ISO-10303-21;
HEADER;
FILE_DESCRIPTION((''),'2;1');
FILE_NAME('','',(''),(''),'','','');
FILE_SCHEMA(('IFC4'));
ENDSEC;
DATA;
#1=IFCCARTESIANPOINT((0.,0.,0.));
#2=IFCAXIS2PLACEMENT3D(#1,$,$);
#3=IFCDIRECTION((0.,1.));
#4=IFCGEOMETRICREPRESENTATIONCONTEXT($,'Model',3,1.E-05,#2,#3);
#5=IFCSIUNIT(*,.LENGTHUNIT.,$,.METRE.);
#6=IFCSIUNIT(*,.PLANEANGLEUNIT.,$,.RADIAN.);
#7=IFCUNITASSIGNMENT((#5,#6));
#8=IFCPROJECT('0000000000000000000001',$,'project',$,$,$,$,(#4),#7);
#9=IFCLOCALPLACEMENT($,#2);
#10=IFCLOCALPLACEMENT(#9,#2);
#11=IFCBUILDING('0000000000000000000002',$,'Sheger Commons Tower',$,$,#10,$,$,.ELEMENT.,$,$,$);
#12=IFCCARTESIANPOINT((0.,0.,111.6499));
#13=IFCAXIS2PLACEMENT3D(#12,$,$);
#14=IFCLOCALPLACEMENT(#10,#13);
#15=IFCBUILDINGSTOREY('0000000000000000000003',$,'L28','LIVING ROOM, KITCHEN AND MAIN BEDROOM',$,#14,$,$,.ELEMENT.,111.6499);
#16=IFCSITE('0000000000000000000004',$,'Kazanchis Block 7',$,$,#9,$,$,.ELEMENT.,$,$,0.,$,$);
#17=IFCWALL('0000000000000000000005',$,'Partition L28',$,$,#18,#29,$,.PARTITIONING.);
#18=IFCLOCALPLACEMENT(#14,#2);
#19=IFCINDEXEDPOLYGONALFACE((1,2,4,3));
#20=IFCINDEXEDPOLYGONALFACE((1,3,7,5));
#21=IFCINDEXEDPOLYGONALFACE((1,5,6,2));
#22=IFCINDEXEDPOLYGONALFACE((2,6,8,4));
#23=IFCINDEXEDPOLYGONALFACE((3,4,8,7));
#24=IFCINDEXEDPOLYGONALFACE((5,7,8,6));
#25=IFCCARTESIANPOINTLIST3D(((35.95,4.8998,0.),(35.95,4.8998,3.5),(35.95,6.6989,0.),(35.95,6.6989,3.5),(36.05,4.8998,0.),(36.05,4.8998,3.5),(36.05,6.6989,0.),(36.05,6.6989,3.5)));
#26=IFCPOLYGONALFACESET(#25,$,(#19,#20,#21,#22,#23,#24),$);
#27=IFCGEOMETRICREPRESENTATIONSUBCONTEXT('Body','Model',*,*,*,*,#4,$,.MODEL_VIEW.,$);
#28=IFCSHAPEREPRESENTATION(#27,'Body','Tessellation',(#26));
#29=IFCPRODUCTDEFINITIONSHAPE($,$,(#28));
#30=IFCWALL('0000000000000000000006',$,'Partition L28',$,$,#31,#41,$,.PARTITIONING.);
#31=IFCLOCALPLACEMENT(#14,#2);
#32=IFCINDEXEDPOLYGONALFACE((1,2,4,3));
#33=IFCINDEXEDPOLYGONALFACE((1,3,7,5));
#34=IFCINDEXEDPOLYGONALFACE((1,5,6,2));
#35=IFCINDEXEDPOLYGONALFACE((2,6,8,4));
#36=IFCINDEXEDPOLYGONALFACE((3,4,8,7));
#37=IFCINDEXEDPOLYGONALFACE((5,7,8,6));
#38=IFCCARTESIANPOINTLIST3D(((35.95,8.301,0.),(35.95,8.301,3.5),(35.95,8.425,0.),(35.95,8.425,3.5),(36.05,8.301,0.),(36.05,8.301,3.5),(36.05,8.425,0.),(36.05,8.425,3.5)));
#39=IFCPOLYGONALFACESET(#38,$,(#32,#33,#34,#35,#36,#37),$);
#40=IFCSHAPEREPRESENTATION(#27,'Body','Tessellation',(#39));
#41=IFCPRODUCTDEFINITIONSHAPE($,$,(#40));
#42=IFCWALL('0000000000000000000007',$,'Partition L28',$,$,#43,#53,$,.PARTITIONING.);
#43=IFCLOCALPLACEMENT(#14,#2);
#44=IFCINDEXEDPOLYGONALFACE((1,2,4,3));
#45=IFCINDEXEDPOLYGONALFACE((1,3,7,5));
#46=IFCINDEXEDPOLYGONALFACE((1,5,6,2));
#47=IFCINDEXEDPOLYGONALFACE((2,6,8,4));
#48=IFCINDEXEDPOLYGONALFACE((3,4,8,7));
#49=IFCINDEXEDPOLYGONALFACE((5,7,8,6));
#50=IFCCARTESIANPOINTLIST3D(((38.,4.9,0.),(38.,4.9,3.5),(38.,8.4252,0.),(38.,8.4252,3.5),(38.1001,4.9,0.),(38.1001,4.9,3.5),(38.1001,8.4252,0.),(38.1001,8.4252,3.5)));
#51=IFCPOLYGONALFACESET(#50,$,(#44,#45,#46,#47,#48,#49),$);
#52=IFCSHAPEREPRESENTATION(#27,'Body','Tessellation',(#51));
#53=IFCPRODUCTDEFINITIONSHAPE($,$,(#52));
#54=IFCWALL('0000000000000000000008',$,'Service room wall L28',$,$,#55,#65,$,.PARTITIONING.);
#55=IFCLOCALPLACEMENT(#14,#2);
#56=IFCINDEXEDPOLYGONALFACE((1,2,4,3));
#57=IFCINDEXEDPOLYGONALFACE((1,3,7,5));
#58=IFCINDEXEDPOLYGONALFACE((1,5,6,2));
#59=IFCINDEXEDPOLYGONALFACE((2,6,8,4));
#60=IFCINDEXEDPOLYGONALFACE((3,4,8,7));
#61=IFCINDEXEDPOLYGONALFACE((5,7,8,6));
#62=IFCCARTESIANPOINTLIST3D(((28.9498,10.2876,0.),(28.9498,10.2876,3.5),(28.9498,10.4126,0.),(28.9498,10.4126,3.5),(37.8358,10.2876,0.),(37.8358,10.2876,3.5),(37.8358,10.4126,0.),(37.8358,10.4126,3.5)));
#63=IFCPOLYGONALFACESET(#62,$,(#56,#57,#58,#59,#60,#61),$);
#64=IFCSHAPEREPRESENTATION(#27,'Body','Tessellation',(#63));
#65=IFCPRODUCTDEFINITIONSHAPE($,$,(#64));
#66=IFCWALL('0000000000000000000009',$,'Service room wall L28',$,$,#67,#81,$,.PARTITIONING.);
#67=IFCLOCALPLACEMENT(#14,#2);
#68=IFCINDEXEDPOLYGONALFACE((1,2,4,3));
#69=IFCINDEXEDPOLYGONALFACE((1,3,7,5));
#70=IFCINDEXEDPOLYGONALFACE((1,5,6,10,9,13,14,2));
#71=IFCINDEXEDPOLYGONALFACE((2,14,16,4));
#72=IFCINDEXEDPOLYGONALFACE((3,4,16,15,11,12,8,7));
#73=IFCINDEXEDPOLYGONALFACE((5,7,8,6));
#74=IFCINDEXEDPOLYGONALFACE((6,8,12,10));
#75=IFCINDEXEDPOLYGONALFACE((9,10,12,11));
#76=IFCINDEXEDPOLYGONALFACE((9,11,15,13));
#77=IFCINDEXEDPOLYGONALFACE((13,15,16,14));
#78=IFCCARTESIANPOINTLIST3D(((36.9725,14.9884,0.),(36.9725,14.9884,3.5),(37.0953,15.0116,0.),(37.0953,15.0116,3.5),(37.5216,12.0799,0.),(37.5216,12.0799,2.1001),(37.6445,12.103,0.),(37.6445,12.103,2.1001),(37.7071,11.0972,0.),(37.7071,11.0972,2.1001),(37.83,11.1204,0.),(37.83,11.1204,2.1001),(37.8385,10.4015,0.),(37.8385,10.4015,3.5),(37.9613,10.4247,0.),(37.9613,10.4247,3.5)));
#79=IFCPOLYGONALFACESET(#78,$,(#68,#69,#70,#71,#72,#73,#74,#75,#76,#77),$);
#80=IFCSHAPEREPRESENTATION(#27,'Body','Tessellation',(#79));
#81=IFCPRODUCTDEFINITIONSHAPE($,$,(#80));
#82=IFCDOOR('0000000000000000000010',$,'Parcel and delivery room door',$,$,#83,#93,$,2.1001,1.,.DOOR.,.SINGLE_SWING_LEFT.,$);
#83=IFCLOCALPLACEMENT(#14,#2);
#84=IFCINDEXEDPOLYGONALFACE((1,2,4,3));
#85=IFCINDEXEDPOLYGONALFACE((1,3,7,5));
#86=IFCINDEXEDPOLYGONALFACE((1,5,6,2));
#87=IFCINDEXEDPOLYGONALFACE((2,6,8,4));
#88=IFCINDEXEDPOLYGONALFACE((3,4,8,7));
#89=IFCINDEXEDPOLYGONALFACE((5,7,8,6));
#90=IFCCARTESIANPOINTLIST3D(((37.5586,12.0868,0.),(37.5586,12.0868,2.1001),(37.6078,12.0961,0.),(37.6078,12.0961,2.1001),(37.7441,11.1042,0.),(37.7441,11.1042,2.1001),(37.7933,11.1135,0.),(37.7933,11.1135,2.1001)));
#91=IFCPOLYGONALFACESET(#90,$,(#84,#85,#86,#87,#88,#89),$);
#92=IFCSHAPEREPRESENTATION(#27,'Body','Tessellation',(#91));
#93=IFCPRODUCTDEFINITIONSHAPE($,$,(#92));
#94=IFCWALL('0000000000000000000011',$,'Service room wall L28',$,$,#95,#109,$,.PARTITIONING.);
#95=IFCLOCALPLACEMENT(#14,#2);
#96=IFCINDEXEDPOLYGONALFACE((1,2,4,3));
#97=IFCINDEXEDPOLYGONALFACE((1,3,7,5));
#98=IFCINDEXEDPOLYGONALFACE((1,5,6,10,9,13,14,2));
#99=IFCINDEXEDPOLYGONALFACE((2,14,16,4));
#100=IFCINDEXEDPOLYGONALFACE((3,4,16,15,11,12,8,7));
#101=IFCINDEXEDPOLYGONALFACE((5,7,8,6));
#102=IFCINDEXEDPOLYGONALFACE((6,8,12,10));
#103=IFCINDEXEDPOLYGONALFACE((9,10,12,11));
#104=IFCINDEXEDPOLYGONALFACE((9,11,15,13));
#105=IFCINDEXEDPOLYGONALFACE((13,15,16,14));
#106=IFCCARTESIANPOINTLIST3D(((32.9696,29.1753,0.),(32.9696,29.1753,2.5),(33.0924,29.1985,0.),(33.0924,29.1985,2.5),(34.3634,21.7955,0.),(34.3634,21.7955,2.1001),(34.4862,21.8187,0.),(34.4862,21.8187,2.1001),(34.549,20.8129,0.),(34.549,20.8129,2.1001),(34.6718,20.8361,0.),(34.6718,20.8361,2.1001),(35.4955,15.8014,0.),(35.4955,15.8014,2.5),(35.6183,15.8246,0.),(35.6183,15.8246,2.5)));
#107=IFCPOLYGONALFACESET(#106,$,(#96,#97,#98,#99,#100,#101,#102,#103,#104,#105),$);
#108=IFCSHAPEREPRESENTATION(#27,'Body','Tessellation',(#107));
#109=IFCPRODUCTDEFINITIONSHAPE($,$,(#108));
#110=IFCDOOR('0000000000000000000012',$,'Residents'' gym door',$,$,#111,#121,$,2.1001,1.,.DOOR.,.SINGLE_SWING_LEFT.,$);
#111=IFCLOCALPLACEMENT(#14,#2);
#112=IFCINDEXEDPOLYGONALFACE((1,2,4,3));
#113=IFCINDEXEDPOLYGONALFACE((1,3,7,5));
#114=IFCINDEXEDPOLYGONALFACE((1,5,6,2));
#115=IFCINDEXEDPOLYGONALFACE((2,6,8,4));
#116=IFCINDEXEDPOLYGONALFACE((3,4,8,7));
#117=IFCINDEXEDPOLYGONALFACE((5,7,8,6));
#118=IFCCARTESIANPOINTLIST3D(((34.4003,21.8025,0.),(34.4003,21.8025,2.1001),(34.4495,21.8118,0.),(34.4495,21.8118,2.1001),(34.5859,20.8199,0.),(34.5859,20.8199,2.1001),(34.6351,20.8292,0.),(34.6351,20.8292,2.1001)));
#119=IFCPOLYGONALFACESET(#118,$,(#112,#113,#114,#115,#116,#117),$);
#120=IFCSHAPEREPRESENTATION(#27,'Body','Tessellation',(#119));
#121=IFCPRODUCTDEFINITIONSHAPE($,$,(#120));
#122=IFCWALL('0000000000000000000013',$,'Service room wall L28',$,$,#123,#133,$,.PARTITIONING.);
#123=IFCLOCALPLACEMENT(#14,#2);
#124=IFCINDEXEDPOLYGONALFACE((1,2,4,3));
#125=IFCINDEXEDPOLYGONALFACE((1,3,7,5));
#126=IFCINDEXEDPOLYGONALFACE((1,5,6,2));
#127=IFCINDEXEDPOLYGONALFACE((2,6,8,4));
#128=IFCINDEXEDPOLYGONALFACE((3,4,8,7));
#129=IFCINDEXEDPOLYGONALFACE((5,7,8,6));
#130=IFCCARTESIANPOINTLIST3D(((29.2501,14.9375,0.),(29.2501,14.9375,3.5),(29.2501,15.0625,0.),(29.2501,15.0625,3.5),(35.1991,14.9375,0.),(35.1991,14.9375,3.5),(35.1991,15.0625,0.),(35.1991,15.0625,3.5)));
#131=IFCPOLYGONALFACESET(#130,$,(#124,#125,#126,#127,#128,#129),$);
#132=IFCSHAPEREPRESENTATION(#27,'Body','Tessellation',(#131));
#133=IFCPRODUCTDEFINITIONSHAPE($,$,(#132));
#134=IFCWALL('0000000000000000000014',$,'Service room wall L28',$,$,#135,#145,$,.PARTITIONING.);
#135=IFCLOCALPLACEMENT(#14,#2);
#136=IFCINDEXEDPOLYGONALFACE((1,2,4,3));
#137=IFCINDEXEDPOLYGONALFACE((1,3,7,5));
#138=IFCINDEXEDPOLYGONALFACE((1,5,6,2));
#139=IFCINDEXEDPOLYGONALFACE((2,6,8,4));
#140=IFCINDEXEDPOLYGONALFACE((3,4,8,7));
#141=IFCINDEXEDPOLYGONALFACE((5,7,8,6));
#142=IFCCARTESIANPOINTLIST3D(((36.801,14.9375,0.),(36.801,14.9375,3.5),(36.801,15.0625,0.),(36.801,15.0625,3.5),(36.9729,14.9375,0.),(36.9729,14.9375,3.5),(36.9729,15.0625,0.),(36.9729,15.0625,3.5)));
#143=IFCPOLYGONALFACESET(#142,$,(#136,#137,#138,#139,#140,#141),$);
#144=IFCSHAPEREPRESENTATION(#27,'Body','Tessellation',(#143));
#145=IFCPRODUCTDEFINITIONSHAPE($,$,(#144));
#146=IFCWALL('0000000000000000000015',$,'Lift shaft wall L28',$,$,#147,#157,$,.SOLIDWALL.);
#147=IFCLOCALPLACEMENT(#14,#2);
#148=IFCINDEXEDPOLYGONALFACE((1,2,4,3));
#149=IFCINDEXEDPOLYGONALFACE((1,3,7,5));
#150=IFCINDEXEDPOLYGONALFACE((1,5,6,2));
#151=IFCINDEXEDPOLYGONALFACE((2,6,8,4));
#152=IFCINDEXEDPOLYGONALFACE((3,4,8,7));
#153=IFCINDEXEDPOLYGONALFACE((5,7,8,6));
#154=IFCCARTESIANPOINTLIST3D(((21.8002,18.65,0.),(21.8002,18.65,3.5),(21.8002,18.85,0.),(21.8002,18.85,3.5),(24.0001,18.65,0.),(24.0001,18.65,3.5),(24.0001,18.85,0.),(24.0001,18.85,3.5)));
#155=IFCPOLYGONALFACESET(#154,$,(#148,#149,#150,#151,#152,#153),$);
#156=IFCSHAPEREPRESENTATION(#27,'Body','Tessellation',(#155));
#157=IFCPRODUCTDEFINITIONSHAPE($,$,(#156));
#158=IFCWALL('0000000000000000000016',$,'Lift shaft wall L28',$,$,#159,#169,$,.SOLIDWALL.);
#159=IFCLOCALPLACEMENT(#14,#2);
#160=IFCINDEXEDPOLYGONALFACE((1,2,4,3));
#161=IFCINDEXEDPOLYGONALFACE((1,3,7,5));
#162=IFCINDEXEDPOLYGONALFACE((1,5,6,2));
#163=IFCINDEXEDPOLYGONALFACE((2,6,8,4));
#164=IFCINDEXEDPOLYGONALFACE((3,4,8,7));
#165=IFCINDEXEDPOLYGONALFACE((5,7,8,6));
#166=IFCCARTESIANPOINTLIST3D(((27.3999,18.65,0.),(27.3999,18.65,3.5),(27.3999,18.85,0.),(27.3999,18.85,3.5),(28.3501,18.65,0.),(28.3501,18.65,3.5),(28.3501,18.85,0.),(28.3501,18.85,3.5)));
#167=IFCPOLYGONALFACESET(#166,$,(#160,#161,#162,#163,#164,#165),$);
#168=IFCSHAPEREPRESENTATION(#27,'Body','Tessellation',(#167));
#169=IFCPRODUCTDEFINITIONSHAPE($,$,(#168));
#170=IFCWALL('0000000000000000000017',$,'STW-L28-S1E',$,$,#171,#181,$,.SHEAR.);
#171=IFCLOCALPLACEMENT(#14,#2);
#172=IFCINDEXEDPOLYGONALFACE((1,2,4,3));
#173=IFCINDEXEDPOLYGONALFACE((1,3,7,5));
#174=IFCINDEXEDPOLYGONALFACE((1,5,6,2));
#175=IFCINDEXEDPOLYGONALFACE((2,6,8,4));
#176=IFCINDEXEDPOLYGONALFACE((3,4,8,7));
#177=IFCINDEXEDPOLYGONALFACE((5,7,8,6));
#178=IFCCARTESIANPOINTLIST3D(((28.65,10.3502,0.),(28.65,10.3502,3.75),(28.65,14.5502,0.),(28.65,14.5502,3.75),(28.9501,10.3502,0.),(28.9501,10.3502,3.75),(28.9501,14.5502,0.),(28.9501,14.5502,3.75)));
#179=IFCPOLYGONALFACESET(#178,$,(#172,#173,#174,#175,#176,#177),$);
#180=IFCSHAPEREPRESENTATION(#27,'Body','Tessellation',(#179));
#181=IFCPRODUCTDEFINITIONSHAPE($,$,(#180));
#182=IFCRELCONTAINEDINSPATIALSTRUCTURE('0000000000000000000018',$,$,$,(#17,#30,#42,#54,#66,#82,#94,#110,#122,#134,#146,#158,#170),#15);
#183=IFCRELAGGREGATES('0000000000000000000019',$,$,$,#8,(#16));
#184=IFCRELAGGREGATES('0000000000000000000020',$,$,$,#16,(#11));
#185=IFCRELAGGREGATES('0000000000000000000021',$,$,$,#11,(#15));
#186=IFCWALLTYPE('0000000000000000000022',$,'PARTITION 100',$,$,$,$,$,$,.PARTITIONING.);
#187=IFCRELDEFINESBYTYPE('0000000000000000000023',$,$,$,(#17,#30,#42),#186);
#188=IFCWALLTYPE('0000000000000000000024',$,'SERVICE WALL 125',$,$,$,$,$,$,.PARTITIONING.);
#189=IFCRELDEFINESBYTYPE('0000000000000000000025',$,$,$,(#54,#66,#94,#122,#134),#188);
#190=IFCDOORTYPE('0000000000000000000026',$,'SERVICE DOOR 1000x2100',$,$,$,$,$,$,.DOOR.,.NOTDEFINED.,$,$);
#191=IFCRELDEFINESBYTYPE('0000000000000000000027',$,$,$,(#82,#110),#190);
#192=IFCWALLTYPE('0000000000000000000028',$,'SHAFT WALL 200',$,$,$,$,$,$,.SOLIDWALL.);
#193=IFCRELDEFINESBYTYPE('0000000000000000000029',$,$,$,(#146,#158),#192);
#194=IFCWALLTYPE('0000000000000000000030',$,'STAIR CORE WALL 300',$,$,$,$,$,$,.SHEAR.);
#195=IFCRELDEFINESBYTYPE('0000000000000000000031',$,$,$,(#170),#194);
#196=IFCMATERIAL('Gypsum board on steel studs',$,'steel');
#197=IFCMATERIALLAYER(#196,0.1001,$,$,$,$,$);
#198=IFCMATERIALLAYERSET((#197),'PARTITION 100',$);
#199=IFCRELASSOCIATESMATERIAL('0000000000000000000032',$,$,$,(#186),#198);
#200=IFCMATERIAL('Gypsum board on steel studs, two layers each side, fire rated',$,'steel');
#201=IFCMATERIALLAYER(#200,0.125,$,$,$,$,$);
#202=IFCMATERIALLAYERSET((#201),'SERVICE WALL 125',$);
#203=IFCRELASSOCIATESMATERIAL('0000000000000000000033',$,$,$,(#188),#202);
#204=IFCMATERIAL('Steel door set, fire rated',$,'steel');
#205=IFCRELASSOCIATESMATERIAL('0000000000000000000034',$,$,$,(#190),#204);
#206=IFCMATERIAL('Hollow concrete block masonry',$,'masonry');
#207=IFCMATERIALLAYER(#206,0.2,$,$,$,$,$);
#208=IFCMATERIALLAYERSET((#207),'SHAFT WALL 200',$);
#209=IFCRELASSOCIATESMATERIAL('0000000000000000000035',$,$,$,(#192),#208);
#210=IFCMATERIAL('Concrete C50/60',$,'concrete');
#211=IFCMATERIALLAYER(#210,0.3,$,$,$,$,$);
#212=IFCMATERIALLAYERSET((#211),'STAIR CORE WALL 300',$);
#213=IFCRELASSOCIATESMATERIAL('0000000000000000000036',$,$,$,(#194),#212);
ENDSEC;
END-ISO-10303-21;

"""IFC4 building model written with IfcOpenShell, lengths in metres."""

from ifc_helpers import new_model, si_unit, direction, frame, frame_2d, origin, place, context, subcontext, project, spatial, rectangle, extrude, material, layer, layer_set, type_object, element, fill, save


model = new_model("IFC4")

# Units and contexts
model_context = context("Model", 3, precision=1e-05, world=origin(), true_north=direction((0.0, 1.0)))
body_context = subcontext(model_context, "Body", "Model", "MODEL_VIEW")
ifc_project = project(units=[si_unit("LENGTHUNIT", "METRE"), si_unit("PLANEANGLEUNIT", "RADIAN")], contexts=[model_context])

# Site, building, storey
site_placement = place(None, origin())
site = spatial("IfcSite", under=ifc_project, at=site_placement, Name="Kazanchis Block 7", CompositionType="ELEMENT", RefElevation=0.0)
building_placement = place(site_placement, origin())
building = spatial("IfcBuilding", under=site, at=building_placement, Name="Sheger Commons Tower", CompositionType="ELEMENT")
storey_placement = place(building_placement, frame((0.0, 0.0, 111.6499)))
storey = spatial("IfcBuildingStorey", under=building, at=storey_placement, Name="L28", Description="LIVING ROOM, KITCHEN AND MAIN BEDROOM", CompositionType="ELEMENT", Elevation=111.6499)

# Walls
ifc_material_1 = material(Name="Gypsum board on steel studs", Category="steel")
ifc_layer_1 = layer(ifc_material_1, 0.1001)
ifc_layer_set_1 = layer_set([ifc_layer_1], Name="PARTITION 100")
wall_type_1 = type_object("IfcWallType", Name="PARTITION 100", PredefinedType="PARTITIONING", material=ifc_layer_set_1)
wall_1_placement = place(storey_placement, frame((36.0, 4.8999, 0.0), z_axis=(0.0, 0.0, 1.0), x_axis=(0.0, 1.0, 0.0)))
element("IfcWall", 1, at=wall_1_placement, inside=storey, type_object=wall_type_1, Name="Partition L28", PredefinedType="PARTITIONING", context=body_context, shape_type="SweptSolid", body=[
    extrude(rectangle(XDim=1.7991, YDim=0.1001, at=frame_2d((0.8994, 0.0))), origin(), (0.0, 0.0, 1.0), 3.5),
])
wall_2_placement = place(storey_placement, frame((36.0, 8.301, 0.0), z_axis=(0.0, 0.0, 1.0), x_axis=(0.0, 1.0, 0.0)))
element("IfcWall", 2, at=wall_2_placement, inside=storey, type_object=wall_type_1, Name="Partition L28", PredefinedType="PARTITIONING", context=body_context, shape_type="SweptSolid", body=[
    extrude(rectangle(XDim=0.124, YDim=0.1001, at=frame_2d((0.062, 0.0))), origin(), (0.0, 0.0, 1.0), 3.5),
])
wall_3_placement = place(storey_placement, frame((38.05, 4.8999, 0.0), z_axis=(0.0, 0.0, 1.0), x_axis=(0.0, 1.0, 0.0)))
element("IfcWall", 3, at=wall_3_placement, inside=storey, type_object=wall_type_1, Name="Partition L28", PredefinedType="PARTITIONING", context=body_context, shape_type="SweptSolid", body=[
    extrude(rectangle(XDim=3.5251, YDim=0.1001, at=frame_2d((1.7627, 0.0))), origin(), (0.0, 0.0, 1.0), 3.5),
])
ifc_material_2 = material(Name="Gypsum board on steel studs, two layers each side, fire rated", Category="steel")
ifc_layer_2 = layer(ifc_material_2, 0.125)
ifc_layer_set_2 = layer_set([ifc_layer_2], Name="SERVICE WALL 125")
wall_type_2 = type_object("IfcWallType", Name="SERVICE WALL 125", PredefinedType="PARTITIONING", material=ifc_layer_set_2)
wall_4_placement = place(storey_placement, frame((28.95, 10.3501, 0.0), z_axis=(0.0, 0.0, 1.0), x_axis=(1.0, 0.0, 0.0)))
element("IfcWall", 4, at=wall_4_placement, inside=storey, type_object=wall_type_2, Name="Service room wall L28", PredefinedType="PARTITIONING", context=body_context, shape_type="SweptSolid", body=[
    extrude(rectangle(XDim=8.886, YDim=0.125, at=frame_2d((4.4429, 0.0))), origin(), (0.0, 0.0, 1.0), 3.5),
])

# Walls, openings, doors
wall_5_placement = place(storey_placement, frame((37.8999, 10.4131, 0.0), z_axis=(0.0, 0.0, 1.0), x_axis=(-0.185514, 0.982642, 0.0)))
wall_5 = element("IfcWall", 5, at=wall_5_placement, inside=storey, type_object=wall_type_2, Name="Service room wall L28", PredefinedType="PARTITIONING", context=body_context, shape_type="SweptSolid", body=[
    extrude(rectangle(XDim=4.668, YDim=0.125, at=frame_2d((2.334, 0.0))), origin(), (0.0, 0.0, 1.0), 3.5),
])
opening_1_placement = place(wall_5_placement, frame((0.708, 0.0, 0.0)))
opening_1 = element("IfcOpeningElement", 6, at=opening_1_placement, cuts=wall_5, PredefinedType="OPENING", context=body_context, shape_type="SweptSolid", body=[
    extrude(rectangle(XDim=1.0, YDim=2.1001, at=frame_2d((0.5, 1.05))), frame((0.0, 0.0725, 0.0), z_axis=(0.0, -1.0, 0.0), x_axis=(1.0, 0.0, 0.0)), (0.0, 0.0, 1.0), 0.145),
])
ifc_material_3 = material(Name="Steel door set, fire rated", Category="steel")
door_type_1 = type_object("IfcDoorType", Name="SERVICE DOOR 1000x2100", OperationType="NOTDEFINED", PredefinedType="DOOR", material=ifc_material_3)
door_1_placement = place(opening_1_placement, origin())
door_1 = element("IfcDoor", 7, at=door_1_placement, inside=storey, type_object=door_type_1, Name="Parcel and delivery room door", OperationType="SINGLE_SWING_LEFT", OverallHeight=2.1001, OverallWidth=1.0, PredefinedType="DOOR", context=body_context, shape_type="SweptSolid", body=[
    extrude(rectangle(XDim=1.0, YDim=2.1001, at=frame_2d((0.5, 1.05))), frame((0.0, 0.0249, 0.0), z_axis=(0.0, -1.0, 0.0), x_axis=(1.0, 0.0, 0.0)), (0.0, 0.0, 1.0), 0.05),
])
fill(opening_1, door_1)
wall_6_placement = place(storey_placement, frame((35.5569, 15.813, 0.0), z_axis=(0.0, 0.0, 1.0), x_axis=(-0.185584, 0.982628, 0.0)))
wall_6 = element("IfcWall", 8, at=wall_6_placement, inside=storey, type_object=wall_type_2, Name="Service room wall L28", PredefinedType="PARTITIONING", context=body_context, shape_type="SweptSolid", body=[
    extrude(rectangle(XDim=13.6104, YDim=0.125, at=frame_2d((6.8052, 0.0))), origin(), (0.0, 0.0, 1.0), 2.5),
])
opening_2_placement = place(wall_6_placement, frame((5.1001, 0.0, 0.0)))
opening_2 = element("IfcOpeningElement", 9, at=opening_2_placement, cuts=wall_6, PredefinedType="OPENING", context=body_context, shape_type="SweptSolid", body=[
    extrude(rectangle(XDim=1.0, YDim=2.1001, at=frame_2d((0.5, 1.05))), frame((0.0, 0.0725, 0.0), z_axis=(0.0, -1.0, 0.0), x_axis=(1.0, 0.0, 0.0)), (0.0, 0.0, 1.0), 0.145),
])
door_2_placement = place(opening_2_placement, origin())
door_2 = element("IfcDoor", 10, at=door_2_placement, inside=storey, type_object=door_type_1, Name="Residents' gym door", OperationType="SINGLE_SWING_LEFT", OverallHeight=2.1001, OverallWidth=1.0, PredefinedType="DOOR", context=body_context, shape_type="SweptSolid", body=[
    extrude(rectangle(XDim=1.0, YDim=2.1001, at=frame_2d((0.5, 1.05))), frame((0.0, 0.0249, 0.0), z_axis=(0.0, -1.0, 0.0), x_axis=(1.0, 0.0, 0.0)), (0.0, 0.0, 1.0), 0.05),
])
fill(opening_2, door_2)

# Walls
wall_7_placement = place(storey_placement, frame((29.25, 15.0, 0.0), z_axis=(0.0, 0.0, 1.0), x_axis=(1.0, 0.0, 0.0)))
element("IfcWall", 11, at=wall_7_placement, inside=storey, type_object=wall_type_2, Name="Service room wall L28", PredefinedType="PARTITIONING", context=body_context, shape_type="SweptSolid", body=[
    extrude(rectangle(XDim=5.949, YDim=0.125, at=frame_2d((2.9746, 0.0))), origin(), (0.0, 0.0, 1.0), 3.5),
])
wall_8_placement = place(storey_placement, frame((36.801, 15.0, 0.0), z_axis=(0.0, 0.0, 1.0), x_axis=(1.0, 0.0, 0.0)))
element("IfcWall", 12, at=wall_8_placement, inside=storey, type_object=wall_type_2, Name="Service room wall L28", PredefinedType="PARTITIONING", context=body_context, shape_type="SweptSolid", body=[
    extrude(rectangle(XDim=0.1719, YDim=0.125, at=frame_2d((0.0859, 0.0))), origin(), (0.0, 0.0, 1.0), 3.5),
])
ifc_material_4 = material(Name="Hollow concrete block masonry", Category="masonry")
ifc_layer_3 = layer(ifc_material_4, 0.2)
ifc_layer_set_3 = layer_set([ifc_layer_3], Name="SHAFT WALL 200")
wall_type_3 = type_object("IfcWallType", Name="SHAFT WALL 200", PredefinedType="SOLIDWALL", material=ifc_layer_set_3)
wall_9_placement = place(storey_placement, frame((21.8, 18.75, 0.0), z_axis=(0.0, 0.0, 1.0), x_axis=(1.0, 0.0, 0.0)))
element("IfcWall", 13, at=wall_9_placement, inside=storey, type_object=wall_type_3, Name="Lift shaft wall L28", PredefinedType="SOLIDWALL", context=body_context, shape_type="SweptSolid", body=[
    extrude(rectangle(XDim=2.2, YDim=0.2, at=frame_2d((1.1001, 0.0))), origin(), (0.0, 0.0, 1.0), 3.5),
])
wall_10_placement = place(storey_placement, frame((27.3999, 18.75, 0.0), z_axis=(0.0, 0.0, 1.0), x_axis=(1.0, 0.0, 0.0)))
element("IfcWall", 14, at=wall_10_placement, inside=storey, type_object=wall_type_3, Name="Lift shaft wall L28", PredefinedType="SOLIDWALL", context=body_context, shape_type="SweptSolid", body=[
    extrude(rectangle(XDim=0.9502, YDim=0.2, at=frame_2d((0.4751, 0.0))), origin(), (0.0, 0.0, 1.0), 3.5),
])
ifc_material_5 = material(Name="Concrete C50/60", Category="concrete")
ifc_layer_4 = layer(ifc_material_5, 0.3)
ifc_layer_set_4 = layer_set([ifc_layer_4], Name="STAIR CORE WALL 300")
wall_type_4 = type_object("IfcWallType", Name="STAIR CORE WALL 300", PredefinedType="SHEAR", material=ifc_layer_set_4)
wall_11_placement = place(storey_placement, frame((28.8, 10.3501, 0.0), z_axis=(0.0, 0.0, 1.0), x_axis=(0.0, 1.0, 0.0)))
element("IfcWall", 15, at=wall_11_placement, inside=storey, type_object=wall_type_4, Name="STW-L28-S1E", PredefinedType="SHEAR", context=body_context, shape_type="SweptSolid", body=[
    extrude(rectangle(XDim=4.2, YDim=0.3, at=frame_2d((2.1001, 0.0))), origin(), (0.0, 0.0, 1.0), 3.75),
])

save(model, "model.ifc")
